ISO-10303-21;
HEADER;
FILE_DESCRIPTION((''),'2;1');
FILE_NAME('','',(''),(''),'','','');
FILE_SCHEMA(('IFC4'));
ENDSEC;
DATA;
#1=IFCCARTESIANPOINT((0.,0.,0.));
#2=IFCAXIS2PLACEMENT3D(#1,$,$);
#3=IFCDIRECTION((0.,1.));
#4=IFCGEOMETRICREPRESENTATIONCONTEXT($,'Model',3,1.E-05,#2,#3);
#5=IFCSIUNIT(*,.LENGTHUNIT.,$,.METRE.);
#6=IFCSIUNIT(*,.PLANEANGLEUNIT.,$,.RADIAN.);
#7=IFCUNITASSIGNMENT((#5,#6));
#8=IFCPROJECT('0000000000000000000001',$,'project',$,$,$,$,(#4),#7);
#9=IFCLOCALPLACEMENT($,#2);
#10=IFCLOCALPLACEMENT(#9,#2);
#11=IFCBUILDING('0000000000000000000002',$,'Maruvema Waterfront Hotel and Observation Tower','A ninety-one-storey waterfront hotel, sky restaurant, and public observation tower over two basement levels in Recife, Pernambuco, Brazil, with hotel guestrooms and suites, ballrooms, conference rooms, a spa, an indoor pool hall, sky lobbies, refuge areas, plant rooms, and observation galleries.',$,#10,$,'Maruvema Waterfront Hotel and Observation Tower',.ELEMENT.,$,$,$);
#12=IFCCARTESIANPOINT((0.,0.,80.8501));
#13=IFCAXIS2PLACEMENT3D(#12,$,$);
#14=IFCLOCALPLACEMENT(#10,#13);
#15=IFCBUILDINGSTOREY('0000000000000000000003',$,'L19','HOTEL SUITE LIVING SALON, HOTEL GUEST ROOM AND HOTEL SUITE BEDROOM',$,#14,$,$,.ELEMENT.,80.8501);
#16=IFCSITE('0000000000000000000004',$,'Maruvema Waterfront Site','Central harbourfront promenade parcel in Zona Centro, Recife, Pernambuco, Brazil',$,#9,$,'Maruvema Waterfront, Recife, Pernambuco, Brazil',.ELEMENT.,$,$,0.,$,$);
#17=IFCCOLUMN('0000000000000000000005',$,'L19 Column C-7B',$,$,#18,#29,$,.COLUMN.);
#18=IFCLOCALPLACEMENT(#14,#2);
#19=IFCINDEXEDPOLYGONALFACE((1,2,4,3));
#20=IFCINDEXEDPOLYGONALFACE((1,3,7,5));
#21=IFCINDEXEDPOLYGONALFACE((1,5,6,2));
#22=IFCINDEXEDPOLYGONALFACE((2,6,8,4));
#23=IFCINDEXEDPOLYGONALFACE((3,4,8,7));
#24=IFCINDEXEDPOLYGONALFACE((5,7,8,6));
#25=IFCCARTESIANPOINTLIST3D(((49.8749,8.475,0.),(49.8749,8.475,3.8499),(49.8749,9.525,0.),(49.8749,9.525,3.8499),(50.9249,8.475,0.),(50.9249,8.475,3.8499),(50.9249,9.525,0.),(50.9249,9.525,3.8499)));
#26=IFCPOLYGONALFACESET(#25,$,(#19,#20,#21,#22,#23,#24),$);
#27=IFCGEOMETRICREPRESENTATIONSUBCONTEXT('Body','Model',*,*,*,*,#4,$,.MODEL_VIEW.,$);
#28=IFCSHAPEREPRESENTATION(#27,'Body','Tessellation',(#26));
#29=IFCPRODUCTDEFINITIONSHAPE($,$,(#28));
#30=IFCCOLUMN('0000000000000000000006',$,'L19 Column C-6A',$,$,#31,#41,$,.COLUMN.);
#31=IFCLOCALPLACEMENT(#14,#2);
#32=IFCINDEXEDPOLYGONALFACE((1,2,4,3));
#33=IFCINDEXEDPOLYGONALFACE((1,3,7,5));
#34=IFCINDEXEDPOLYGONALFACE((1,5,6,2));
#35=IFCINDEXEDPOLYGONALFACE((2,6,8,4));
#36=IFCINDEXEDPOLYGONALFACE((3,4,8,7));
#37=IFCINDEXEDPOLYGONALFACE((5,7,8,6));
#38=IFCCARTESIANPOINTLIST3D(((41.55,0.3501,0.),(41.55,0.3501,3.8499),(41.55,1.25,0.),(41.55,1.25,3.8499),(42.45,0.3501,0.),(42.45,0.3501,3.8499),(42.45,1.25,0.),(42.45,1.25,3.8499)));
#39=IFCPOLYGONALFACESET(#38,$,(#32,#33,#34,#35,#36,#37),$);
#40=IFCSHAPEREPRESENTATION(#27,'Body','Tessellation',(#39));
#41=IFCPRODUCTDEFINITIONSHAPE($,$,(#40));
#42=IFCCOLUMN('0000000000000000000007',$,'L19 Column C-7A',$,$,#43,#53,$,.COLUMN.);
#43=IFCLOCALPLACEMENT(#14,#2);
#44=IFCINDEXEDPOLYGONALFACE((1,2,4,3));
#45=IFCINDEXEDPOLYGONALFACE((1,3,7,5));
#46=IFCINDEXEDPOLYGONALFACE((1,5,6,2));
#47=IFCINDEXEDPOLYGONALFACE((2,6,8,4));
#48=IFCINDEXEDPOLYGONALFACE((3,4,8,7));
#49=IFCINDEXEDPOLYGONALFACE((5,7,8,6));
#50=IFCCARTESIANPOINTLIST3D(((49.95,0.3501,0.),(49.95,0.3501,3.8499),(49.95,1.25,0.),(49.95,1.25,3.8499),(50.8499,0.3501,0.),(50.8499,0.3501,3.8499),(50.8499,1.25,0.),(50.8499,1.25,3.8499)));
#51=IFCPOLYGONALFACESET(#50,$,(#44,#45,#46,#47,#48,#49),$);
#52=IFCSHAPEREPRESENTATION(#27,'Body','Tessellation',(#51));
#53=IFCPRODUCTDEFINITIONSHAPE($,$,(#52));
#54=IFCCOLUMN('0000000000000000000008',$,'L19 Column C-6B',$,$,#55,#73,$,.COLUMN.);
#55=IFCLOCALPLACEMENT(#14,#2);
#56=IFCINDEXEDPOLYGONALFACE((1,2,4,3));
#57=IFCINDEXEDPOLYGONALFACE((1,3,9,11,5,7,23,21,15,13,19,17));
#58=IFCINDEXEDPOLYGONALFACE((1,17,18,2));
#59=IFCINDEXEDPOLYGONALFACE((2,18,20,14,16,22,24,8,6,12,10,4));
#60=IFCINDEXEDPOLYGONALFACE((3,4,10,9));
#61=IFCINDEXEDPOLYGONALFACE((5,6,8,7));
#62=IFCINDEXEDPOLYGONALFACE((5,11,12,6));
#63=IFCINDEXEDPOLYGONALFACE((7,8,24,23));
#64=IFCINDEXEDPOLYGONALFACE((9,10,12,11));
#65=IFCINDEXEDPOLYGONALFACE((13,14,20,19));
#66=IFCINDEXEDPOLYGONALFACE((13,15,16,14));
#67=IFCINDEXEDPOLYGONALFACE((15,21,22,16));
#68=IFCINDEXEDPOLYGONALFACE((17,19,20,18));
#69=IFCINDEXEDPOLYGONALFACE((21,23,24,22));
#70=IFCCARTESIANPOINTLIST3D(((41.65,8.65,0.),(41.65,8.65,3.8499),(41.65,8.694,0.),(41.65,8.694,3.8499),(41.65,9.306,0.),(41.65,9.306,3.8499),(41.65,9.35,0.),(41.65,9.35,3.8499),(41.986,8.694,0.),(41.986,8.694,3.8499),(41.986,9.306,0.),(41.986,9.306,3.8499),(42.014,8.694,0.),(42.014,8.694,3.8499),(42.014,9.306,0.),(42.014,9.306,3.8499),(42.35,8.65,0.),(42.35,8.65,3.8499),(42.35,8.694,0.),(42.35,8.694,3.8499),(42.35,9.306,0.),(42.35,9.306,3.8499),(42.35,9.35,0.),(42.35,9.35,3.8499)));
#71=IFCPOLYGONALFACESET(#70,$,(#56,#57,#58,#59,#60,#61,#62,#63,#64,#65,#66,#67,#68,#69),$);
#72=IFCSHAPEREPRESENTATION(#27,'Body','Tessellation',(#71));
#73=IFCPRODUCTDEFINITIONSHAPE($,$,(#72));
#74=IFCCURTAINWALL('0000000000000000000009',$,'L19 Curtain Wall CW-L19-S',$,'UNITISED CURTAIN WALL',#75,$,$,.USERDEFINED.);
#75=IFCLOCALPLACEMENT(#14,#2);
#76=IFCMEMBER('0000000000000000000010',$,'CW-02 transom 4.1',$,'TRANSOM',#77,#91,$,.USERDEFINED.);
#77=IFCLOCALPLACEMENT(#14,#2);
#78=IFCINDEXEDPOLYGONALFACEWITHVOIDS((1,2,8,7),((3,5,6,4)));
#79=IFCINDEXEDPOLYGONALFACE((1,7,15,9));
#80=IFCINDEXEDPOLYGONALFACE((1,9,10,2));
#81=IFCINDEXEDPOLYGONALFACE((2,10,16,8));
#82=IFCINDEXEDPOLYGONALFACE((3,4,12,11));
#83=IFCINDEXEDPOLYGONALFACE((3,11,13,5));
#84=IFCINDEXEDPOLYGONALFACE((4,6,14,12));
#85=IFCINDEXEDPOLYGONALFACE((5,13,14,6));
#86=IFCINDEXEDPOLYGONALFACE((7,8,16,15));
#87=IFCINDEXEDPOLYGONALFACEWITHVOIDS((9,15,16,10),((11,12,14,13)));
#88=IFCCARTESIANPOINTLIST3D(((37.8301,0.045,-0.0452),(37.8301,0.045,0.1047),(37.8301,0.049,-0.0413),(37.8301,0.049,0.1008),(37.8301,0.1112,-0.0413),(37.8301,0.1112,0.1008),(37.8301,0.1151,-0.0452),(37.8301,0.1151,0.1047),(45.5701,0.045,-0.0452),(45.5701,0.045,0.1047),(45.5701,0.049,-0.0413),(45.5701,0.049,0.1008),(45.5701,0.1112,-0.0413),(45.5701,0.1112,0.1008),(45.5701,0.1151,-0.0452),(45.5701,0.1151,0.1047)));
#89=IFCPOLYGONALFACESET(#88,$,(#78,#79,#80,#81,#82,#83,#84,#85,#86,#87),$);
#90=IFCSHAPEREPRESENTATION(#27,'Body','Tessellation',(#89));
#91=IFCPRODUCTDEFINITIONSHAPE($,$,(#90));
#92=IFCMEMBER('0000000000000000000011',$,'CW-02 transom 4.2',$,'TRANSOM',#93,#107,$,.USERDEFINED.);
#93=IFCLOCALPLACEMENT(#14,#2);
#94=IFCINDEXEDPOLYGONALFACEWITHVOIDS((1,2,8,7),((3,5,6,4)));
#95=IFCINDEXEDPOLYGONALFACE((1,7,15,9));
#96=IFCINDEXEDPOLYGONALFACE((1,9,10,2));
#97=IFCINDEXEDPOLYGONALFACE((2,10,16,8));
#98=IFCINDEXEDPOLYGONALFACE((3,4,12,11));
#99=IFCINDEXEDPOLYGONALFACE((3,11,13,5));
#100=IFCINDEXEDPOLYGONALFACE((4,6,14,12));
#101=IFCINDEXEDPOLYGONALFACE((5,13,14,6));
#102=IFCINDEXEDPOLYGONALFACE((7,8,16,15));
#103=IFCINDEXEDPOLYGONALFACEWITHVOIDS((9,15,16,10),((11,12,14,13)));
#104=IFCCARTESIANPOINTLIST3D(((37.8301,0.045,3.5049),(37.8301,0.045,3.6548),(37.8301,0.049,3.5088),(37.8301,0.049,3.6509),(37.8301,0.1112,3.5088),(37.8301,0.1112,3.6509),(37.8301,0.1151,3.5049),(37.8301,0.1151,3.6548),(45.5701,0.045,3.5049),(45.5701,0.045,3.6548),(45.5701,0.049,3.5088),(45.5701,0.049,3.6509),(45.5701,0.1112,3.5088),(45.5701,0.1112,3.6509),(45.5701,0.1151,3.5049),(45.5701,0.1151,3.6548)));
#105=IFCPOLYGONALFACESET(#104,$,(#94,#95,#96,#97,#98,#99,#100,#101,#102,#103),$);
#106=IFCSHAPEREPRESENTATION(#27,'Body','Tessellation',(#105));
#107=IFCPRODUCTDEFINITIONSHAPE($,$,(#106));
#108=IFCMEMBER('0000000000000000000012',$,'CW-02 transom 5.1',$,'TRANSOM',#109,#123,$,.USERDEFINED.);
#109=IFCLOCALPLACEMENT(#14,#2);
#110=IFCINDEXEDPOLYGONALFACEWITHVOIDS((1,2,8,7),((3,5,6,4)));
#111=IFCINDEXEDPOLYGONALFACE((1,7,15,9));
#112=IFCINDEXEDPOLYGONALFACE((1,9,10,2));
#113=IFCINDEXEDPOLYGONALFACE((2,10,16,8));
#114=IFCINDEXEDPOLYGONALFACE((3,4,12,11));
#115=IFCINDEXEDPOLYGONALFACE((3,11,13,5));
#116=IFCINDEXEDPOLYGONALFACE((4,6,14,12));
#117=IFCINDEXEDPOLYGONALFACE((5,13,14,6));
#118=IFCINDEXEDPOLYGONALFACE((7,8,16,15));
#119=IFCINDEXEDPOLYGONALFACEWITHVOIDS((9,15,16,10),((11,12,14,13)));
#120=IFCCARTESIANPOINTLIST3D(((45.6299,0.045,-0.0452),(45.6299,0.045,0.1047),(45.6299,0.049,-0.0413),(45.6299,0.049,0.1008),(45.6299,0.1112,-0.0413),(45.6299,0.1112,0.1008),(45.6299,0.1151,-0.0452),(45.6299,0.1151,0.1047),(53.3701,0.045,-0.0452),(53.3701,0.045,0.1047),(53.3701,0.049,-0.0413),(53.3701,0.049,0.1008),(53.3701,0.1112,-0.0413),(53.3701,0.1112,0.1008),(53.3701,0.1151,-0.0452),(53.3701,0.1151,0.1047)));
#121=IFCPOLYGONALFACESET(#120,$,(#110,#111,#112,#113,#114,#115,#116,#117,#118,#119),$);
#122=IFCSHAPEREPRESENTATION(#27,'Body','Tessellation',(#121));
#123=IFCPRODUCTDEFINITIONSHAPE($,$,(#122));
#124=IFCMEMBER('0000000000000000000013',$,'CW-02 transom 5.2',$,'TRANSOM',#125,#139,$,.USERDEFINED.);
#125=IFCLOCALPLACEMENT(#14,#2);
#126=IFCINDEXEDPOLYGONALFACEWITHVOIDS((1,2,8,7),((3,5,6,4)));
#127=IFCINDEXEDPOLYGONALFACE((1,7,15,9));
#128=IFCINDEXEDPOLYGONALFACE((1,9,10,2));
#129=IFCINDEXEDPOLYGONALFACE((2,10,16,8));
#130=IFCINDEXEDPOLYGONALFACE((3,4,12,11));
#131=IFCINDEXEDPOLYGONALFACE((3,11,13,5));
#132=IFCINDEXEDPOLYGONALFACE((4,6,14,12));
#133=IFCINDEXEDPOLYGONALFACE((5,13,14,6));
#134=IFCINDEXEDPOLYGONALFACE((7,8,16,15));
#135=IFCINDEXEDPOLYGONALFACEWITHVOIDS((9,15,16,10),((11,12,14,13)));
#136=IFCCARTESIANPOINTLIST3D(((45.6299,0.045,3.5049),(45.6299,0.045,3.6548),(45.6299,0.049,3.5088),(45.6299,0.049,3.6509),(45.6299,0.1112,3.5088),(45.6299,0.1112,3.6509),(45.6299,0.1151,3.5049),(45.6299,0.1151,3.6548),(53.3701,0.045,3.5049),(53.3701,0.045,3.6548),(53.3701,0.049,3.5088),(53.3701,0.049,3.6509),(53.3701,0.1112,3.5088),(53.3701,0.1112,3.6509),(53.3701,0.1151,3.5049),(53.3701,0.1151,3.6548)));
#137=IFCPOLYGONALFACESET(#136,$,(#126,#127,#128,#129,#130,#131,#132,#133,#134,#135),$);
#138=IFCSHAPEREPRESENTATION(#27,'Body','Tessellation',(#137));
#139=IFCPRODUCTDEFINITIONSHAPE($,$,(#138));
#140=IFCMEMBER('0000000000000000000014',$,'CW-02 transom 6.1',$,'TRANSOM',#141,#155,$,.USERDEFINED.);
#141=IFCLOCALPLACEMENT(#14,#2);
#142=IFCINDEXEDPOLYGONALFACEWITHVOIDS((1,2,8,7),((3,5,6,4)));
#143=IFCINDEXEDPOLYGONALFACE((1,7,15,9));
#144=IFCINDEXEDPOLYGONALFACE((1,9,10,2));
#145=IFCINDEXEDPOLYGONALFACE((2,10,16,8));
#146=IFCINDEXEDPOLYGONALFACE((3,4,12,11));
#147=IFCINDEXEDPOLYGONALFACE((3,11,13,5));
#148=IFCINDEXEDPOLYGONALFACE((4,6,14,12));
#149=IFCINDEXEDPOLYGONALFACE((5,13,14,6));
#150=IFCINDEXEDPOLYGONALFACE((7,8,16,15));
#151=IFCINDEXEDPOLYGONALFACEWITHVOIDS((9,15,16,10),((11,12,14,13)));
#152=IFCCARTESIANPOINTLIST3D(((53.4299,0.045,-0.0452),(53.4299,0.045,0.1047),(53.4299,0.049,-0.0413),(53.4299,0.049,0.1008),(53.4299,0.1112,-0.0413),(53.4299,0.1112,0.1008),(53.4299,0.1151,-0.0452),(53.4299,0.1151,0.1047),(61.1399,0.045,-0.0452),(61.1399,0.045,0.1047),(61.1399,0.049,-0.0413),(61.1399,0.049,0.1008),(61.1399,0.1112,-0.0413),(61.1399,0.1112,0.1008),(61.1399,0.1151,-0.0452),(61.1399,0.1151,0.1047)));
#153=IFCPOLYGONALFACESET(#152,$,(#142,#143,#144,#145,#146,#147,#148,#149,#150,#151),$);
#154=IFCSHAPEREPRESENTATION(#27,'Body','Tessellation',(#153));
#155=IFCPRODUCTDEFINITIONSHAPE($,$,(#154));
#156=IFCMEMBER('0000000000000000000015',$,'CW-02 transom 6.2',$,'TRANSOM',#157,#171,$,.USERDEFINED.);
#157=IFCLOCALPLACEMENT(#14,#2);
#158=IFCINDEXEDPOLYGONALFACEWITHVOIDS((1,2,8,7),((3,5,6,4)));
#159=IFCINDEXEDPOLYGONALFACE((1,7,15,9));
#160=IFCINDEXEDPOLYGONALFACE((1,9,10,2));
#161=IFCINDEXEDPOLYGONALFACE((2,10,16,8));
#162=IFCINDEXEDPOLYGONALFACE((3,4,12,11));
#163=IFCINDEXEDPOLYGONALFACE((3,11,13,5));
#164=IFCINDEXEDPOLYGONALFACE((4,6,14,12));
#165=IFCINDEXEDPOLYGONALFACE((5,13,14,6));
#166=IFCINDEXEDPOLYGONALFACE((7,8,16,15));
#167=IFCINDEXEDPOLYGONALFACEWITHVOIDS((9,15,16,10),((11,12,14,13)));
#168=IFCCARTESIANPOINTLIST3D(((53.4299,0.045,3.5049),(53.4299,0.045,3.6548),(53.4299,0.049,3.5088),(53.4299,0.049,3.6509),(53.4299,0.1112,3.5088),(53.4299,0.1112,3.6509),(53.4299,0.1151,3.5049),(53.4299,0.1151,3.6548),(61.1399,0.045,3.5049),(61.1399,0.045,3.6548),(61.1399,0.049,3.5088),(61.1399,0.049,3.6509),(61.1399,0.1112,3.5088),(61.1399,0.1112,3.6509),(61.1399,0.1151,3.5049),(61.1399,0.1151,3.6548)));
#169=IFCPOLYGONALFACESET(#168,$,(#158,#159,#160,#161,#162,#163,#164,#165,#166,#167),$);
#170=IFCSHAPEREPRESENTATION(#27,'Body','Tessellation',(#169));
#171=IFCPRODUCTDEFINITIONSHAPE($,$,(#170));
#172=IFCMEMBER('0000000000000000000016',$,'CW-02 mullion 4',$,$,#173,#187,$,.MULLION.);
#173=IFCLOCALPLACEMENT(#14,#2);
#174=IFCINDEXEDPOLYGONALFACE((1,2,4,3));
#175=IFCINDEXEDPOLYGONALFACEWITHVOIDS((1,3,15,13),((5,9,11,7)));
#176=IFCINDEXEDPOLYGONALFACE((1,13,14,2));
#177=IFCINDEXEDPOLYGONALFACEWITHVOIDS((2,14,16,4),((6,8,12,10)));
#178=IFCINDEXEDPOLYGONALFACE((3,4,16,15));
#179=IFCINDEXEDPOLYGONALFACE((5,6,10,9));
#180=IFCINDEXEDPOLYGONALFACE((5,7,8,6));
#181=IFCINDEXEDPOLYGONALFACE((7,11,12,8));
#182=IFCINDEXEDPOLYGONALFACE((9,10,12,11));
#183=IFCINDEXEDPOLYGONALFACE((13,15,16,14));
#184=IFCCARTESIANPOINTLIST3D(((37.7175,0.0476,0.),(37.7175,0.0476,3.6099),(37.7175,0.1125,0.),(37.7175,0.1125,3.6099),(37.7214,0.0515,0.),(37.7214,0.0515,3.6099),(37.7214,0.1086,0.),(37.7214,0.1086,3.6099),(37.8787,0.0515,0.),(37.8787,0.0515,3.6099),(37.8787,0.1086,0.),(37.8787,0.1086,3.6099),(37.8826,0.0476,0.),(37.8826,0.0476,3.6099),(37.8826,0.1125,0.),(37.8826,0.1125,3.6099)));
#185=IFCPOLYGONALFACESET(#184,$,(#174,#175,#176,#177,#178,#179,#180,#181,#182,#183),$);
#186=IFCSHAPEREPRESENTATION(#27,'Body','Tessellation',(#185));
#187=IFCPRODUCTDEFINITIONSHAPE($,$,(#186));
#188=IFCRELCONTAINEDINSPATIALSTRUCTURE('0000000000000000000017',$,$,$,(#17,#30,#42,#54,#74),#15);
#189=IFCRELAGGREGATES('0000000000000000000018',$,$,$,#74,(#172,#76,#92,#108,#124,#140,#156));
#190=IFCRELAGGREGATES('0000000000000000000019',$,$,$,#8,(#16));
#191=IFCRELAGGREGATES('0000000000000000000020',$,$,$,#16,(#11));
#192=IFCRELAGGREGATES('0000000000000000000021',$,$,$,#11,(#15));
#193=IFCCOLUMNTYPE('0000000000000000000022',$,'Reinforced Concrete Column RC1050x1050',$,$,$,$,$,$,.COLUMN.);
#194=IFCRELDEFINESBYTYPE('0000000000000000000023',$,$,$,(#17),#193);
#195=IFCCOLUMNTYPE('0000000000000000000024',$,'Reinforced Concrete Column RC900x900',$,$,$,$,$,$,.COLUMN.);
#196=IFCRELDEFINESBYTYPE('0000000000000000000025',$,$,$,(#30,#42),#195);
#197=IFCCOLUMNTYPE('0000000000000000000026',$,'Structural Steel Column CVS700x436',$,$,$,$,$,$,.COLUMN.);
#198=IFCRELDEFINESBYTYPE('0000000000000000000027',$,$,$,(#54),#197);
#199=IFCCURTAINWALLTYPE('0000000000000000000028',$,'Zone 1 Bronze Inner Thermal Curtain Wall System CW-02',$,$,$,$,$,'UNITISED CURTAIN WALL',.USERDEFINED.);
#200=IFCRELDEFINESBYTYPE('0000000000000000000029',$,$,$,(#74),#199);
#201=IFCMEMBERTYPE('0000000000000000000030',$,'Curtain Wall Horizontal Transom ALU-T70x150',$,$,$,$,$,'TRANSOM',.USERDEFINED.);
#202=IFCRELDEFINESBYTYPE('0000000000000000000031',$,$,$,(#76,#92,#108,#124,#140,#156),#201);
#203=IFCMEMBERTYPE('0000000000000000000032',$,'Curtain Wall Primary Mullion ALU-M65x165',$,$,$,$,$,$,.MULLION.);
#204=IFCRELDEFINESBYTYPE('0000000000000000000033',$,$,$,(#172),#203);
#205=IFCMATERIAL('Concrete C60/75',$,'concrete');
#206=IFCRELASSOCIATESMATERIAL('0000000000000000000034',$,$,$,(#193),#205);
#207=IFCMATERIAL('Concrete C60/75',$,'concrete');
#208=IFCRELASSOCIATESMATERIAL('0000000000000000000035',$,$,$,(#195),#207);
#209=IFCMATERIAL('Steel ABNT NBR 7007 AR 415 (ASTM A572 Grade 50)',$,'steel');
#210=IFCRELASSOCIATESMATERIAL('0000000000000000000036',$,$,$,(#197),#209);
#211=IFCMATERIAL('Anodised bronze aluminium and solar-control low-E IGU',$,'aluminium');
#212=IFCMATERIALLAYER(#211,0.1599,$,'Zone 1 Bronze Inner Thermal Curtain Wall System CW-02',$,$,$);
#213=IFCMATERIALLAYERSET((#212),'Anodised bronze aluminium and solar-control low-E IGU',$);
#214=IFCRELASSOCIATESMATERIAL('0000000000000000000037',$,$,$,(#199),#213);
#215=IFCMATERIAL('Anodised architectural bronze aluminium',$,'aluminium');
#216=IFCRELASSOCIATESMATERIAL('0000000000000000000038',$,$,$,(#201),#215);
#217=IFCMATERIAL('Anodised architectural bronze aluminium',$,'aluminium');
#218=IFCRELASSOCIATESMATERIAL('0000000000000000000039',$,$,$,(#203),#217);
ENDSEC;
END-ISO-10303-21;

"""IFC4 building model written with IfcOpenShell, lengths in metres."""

from ifc_helpers import new_model, si_unit, direction, frame, origin, origin_2d, place, context, subcontext, project, spatial, rectangle, hollow_rectangle, i_section, extrude, material, layer, layer_set, material_profile, profile_set, type_object, element, aggregate, save


model = new_model("IFC4")

# Units and contexts
model_context = context("Model", 3, precision=1e-05, world=origin(), true_north=direction((0.0, 1.0)))
body_context = subcontext(model_context, "Body", "Model", "MODEL_VIEW")
ifc_project = project(units=[si_unit("LENGTHUNIT", "METRE"), si_unit("PLANEANGLEUNIT", "RADIAN")], contexts=[model_context])

# Site, building, storey
site_placement = place(None, origin())
site = spatial("IfcSite", under=ifc_project, at=site_placement, Name="Maruvema Waterfront Site", Description="Central harbourfront promenade parcel in Zona Centro, Recife, Pernambuco, Brazil", LongName="Maruvema Waterfront, Recife, Pernambuco, Brazil", CompositionType="ELEMENT", RefElevation=0.0)
building_placement = place(site_placement, origin())
building = spatial("IfcBuilding", under=site, at=building_placement, Name="Maruvema Waterfront Hotel and Observation Tower", Description="A ninety-one-storey waterfront hotel, sky restaurant, and public observation tower over two basement levels in Recife, Pernambuco, Brazil, with hotel guestrooms and suites, ballrooms, conference rooms, a spa, an indoor pool hall, sky lobbies, refuge areas, plant rooms, and observation galleries.", LongName="Maruvema Waterfront Hotel and Observation Tower", CompositionType="ELEMENT")
storey_placement = place(building_placement, frame((0.0, 0.0, 80.8501)))
storey = spatial("IfcBuildingStorey", under=building, at=storey_placement, Name="L19", Description="HOTEL SUITE LIVING SALON, HOTEL GUEST ROOM AND HOTEL SUITE BEDROOM", CompositionType="ELEMENT", Elevation=80.8501)

# Columns
ifc_material_1 = material(Name="Concrete C60/75", Category="concrete")
ifc_material_profile_1 = material_profile(ifc_material_1, rectangle(XDim=1.05, YDim=1.05, at=origin_2d()), Name="RC1050x1050")
ifc_profile_set_1 = profile_set([ifc_material_profile_1], Name="Concrete C60/75")
column_type_1 = type_object("IfcColumnType", Name="Reinforced Concrete Column RC1050x1050", PredefinedType="COLUMN", material=ifc_profile_set_1)
column_1_placement = place(storey_placement, frame((50.3999, 9.0, 0.0), z_axis=(0.0, 0.0, 1.0), x_axis=(1.0, 0.0, 0.0)))
element("IfcColumn", 1, at=column_1_placement, inside=storey, type_object=column_type_1, Name="L19 Column C-7B", PredefinedType="COLUMN", context=body_context, shape_type="SweptSolid", body=[
    extrude(rectangle(XDim=1.05, YDim=1.05, at=origin_2d()), origin(), (0.0, 0.0, 1.0), 3.8499),
])
ifc_material_2 = material(Name="Concrete C60/75", Category="concrete")
ifc_material_profile_2 = material_profile(ifc_material_2, rectangle(XDim=0.8999, YDim=0.8999, at=origin_2d()), Name="RC900x900")
ifc_profile_set_2 = profile_set([ifc_material_profile_2], Name="Concrete C60/75")
column_type_2 = type_object("IfcColumnType", Name="Reinforced Concrete Column RC900x900", PredefinedType="COLUMN", material=ifc_profile_set_2)
for number, where, z_axis, x_axis, name in (
    (2, (42.0, 0.8, 0.0), (0.0, 0.0, 1.0), (1.0, 0.0, 0.0), "L19 Column C-6A"),
    (3, (50.3999, 0.8, 0.0), (0.0, 0.0, 1.0), (1.0, 0.0, 0.0), "L19 Column C-7A"),
):
    element("IfcColumn", number, at=place(storey_placement, frame(where, z_axis=z_axis, x_axis=x_axis)), inside=storey, type_object=column_type_2, Name=name, PredefinedType="COLUMN", context=body_context, shape_type="SweptSolid", body=[
        extrude(rectangle(XDim=0.8999, YDim=0.8999, at=origin_2d()), origin(), (0.0, 0.0, 1.0), 3.8499),
    ])
ifc_material_3 = material(Name="Steel ABNT NBR 7007 AR 415 (ASTM A572 Grade 50)", Category="steel")
ifc_material_profile_3 = material_profile(ifc_material_3, i_section(OverallWidth=0.7, OverallDepth=0.7, WebThickness=0.0281, FlangeThickness=0.0439, at=origin_2d()), Name="CVS700x436")
ifc_profile_set_3 = profile_set([ifc_material_profile_3], Name="Steel ABNT NBR 7007 AR 415 (ASTM A572 Grade 50)")
column_type_3 = type_object("IfcColumnType", Name="Structural Steel Column CVS700x436", PredefinedType="COLUMN", material=ifc_profile_set_3)
column_2_placement = place(storey_placement, frame((42.0, 9.0, 0.0), z_axis=(0.0, 0.0, 1.0), x_axis=(1.0, 0.0, 0.0)))
element("IfcColumn", 4, at=column_2_placement, inside=storey, type_object=column_type_3, Name="L19 Column C-6B", PredefinedType="COLUMN", context=body_context, shape_type="SweptSolid", body=[
    extrude(i_section(OverallWidth=0.7, OverallDepth=0.7, WebThickness=0.0281, FlangeThickness=0.0439, at=origin_2d()), origin(), (0.0, 0.0, 1.0), 3.8499),
])

# Curtain wall, members
ifc_material_4 = material(Name="Anodised bronze aluminium and solar-control low-E IGU", Category="aluminium")
ifc_layer_1 = layer(ifc_material_4, 0.1599, Name="Zone 1 Bronze Inner Thermal Curtain Wall System CW-02")
ifc_layer_set_1 = layer_set([ifc_layer_1], Name="Anodised bronze aluminium and solar-control low-E IGU")
curtain_wall_type = type_object("IfcCurtainWallType", Name="Zone 1 Bronze Inner Thermal Curtain Wall System CW-02", ElementType="UNITISED CURTAIN WALL", PredefinedType="USERDEFINED", material=ifc_layer_set_1)
curtain_wall_placement = place(storey_placement, origin())
curtain_wall = element("IfcCurtainWall", 5, at=curtain_wall_placement, inside=storey, type_object=curtain_wall_type, Name="L19 Curtain Wall CW-L19-S", ObjectType="UNITISED CURTAIN WALL", PredefinedType="USERDEFINED")
ifc_material_5 = material(Name="Anodised architectural bronze aluminium", Category="aluminium")
ifc_material_profile_4 = material_profile(ifc_material_5, hollow_rectangle(XDim=0.0701, YDim=0.1499, WallThickness=0.0039, at=origin_2d()), Name="ALU-T70x150")
ifc_profile_set_4 = profile_set([ifc_material_profile_4], Name="Anodised architectural bronze aluminium")
member_type_1 = type_object("IfcMemberType", Name="Curtain Wall Horizontal Transom ALU-T70x150", ElementType="TRANSOM", PredefinedType="USERDEFINED", material=ifc_profile_set_4)
member_1_placement = place(storey_placement, frame((37.8301, 0.0801, 0.0298), z_axis=(1.0, 0.0, 0.0), x_axis=(0.0, 1.0, 0.0)))
member_1 = element("IfcMember", 6, at=member_1_placement, type_object=member_type_1, Name="CW-02 transom 4.1", ObjectType="TRANSOM", PredefinedType="USERDEFINED", context=body_context, shape_type="SweptSolid", body=[
    extrude(hollow_rectangle(XDim=0.0701, YDim=0.1499, WallThickness=0.0039, at=origin_2d()), origin(), (0.0, 0.0, 1.0), 7.74),
])
member_2_placement = place(storey_placement, frame((37.8301, 0.0801, 3.5798), z_axis=(1.0, 0.0, 0.0), x_axis=(0.0, 1.0, 0.0)))
member_2 = element("IfcMember", 7, at=member_2_placement, type_object=member_type_1, Name="CW-02 transom 4.2", ObjectType="TRANSOM", PredefinedType="USERDEFINED", context=body_context, shape_type="SweptSolid", body=[
    extrude(hollow_rectangle(XDim=0.0701, YDim=0.1499, WallThickness=0.0039, at=origin_2d()), origin(), (0.0, 0.0, 1.0), 7.74),
])
member_3_placement = place(storey_placement, frame((45.6299, 0.0801, 0.0298), z_axis=(1.0, 0.0, 0.0), x_axis=(0.0, 1.0, 0.0)))
member_3 = element("IfcMember", 8, at=member_3_placement, type_object=member_type_1, Name="CW-02 transom 5.1", ObjectType="TRANSOM", PredefinedType="USERDEFINED", context=body_context, shape_type="SweptSolid", body=[
    extrude(hollow_rectangle(XDim=0.0701, YDim=0.1499, WallThickness=0.0039, at=origin_2d()), origin(), (0.0, 0.0, 1.0), 7.7402),
])
member_4_placement = place(storey_placement, frame((45.6299, 0.0801, 3.5798), z_axis=(1.0, 0.0, 0.0), x_axis=(0.0, 1.0, 0.0)))
member_4 = element("IfcMember", 9, at=member_4_placement, type_object=member_type_1, Name="CW-02 transom 5.2", ObjectType="TRANSOM", PredefinedType="USERDEFINED", context=body_context, shape_type="SweptSolid", body=[
    extrude(hollow_rectangle(XDim=0.0701, YDim=0.1499, WallThickness=0.0039, at=origin_2d()), origin(), (0.0, 0.0, 1.0), 7.7402),
])
member_5_placement = place(storey_placement, frame((53.4299, 0.0801, 0.0298), z_axis=(1.0, 0.0, 0.0), x_axis=(0.0, 1.0, 0.0)))
member_5 = element("IfcMember", 10, at=member_5_placement, type_object=member_type_1, Name="CW-02 transom 6.1", ObjectType="TRANSOM", PredefinedType="USERDEFINED", context=body_context, shape_type="SweptSolid", body=[
    extrude(hollow_rectangle(XDim=0.0701, YDim=0.1499, WallThickness=0.0039, at=origin_2d()), origin(), (0.0, 0.0, 1.0), 7.71),
])
member_6_placement = place(storey_placement, frame((53.4299, 0.0801, 3.5798), z_axis=(1.0, 0.0, 0.0), x_axis=(0.0, 1.0, 0.0)))
member_6 = element("IfcMember", 11, at=member_6_placement, type_object=member_type_1, Name="CW-02 transom 6.2", ObjectType="TRANSOM", PredefinedType="USERDEFINED", context=body_context, shape_type="SweptSolid", body=[
    extrude(hollow_rectangle(XDim=0.0701, YDim=0.1499, WallThickness=0.0039, at=origin_2d()), origin(), (0.0, 0.0, 1.0), 7.71),
])
ifc_material_6 = material(Name="Anodised architectural bronze aluminium", Category="aluminium")
ifc_material_profile_5 = material_profile(ifc_material_6, hollow_rectangle(XDim=0.0649, YDim=0.165, WallThickness=0.0039, at=origin_2d()), Name="ALU-M65x165")
ifc_profile_set_5 = profile_set([ifc_material_profile_5], Name="Anodised architectural bronze aluminium")
member_type_2 = type_object("IfcMemberType", Name="Curtain Wall Primary Mullion ALU-M65x165", PredefinedType="MULLION", material=ifc_profile_set_5)
member_7_placement = place(storey_placement, frame((37.8, 0.0801, 0.0), z_axis=(0.0, 0.0, 1.0), x_axis=(0.0, 1.0, 0.0)))
member_7 = element("IfcMember", 12, at=member_7_placement, type_object=member_type_2, Name="CW-02 mullion 4", PredefinedType="MULLION", context=body_context, shape_type="SweptSolid", body=[
    extrude(hollow_rectangle(XDim=0.0649, YDim=0.165, WallThickness=0.0039, at=origin_2d()), origin(), (0.0, 0.0, 1.0), 3.6099),
])

aggregate(curtain_wall, [member_7, member_1, member_2, member_3, member_4, member_5, member_6])

save(model, "model.ifc")
